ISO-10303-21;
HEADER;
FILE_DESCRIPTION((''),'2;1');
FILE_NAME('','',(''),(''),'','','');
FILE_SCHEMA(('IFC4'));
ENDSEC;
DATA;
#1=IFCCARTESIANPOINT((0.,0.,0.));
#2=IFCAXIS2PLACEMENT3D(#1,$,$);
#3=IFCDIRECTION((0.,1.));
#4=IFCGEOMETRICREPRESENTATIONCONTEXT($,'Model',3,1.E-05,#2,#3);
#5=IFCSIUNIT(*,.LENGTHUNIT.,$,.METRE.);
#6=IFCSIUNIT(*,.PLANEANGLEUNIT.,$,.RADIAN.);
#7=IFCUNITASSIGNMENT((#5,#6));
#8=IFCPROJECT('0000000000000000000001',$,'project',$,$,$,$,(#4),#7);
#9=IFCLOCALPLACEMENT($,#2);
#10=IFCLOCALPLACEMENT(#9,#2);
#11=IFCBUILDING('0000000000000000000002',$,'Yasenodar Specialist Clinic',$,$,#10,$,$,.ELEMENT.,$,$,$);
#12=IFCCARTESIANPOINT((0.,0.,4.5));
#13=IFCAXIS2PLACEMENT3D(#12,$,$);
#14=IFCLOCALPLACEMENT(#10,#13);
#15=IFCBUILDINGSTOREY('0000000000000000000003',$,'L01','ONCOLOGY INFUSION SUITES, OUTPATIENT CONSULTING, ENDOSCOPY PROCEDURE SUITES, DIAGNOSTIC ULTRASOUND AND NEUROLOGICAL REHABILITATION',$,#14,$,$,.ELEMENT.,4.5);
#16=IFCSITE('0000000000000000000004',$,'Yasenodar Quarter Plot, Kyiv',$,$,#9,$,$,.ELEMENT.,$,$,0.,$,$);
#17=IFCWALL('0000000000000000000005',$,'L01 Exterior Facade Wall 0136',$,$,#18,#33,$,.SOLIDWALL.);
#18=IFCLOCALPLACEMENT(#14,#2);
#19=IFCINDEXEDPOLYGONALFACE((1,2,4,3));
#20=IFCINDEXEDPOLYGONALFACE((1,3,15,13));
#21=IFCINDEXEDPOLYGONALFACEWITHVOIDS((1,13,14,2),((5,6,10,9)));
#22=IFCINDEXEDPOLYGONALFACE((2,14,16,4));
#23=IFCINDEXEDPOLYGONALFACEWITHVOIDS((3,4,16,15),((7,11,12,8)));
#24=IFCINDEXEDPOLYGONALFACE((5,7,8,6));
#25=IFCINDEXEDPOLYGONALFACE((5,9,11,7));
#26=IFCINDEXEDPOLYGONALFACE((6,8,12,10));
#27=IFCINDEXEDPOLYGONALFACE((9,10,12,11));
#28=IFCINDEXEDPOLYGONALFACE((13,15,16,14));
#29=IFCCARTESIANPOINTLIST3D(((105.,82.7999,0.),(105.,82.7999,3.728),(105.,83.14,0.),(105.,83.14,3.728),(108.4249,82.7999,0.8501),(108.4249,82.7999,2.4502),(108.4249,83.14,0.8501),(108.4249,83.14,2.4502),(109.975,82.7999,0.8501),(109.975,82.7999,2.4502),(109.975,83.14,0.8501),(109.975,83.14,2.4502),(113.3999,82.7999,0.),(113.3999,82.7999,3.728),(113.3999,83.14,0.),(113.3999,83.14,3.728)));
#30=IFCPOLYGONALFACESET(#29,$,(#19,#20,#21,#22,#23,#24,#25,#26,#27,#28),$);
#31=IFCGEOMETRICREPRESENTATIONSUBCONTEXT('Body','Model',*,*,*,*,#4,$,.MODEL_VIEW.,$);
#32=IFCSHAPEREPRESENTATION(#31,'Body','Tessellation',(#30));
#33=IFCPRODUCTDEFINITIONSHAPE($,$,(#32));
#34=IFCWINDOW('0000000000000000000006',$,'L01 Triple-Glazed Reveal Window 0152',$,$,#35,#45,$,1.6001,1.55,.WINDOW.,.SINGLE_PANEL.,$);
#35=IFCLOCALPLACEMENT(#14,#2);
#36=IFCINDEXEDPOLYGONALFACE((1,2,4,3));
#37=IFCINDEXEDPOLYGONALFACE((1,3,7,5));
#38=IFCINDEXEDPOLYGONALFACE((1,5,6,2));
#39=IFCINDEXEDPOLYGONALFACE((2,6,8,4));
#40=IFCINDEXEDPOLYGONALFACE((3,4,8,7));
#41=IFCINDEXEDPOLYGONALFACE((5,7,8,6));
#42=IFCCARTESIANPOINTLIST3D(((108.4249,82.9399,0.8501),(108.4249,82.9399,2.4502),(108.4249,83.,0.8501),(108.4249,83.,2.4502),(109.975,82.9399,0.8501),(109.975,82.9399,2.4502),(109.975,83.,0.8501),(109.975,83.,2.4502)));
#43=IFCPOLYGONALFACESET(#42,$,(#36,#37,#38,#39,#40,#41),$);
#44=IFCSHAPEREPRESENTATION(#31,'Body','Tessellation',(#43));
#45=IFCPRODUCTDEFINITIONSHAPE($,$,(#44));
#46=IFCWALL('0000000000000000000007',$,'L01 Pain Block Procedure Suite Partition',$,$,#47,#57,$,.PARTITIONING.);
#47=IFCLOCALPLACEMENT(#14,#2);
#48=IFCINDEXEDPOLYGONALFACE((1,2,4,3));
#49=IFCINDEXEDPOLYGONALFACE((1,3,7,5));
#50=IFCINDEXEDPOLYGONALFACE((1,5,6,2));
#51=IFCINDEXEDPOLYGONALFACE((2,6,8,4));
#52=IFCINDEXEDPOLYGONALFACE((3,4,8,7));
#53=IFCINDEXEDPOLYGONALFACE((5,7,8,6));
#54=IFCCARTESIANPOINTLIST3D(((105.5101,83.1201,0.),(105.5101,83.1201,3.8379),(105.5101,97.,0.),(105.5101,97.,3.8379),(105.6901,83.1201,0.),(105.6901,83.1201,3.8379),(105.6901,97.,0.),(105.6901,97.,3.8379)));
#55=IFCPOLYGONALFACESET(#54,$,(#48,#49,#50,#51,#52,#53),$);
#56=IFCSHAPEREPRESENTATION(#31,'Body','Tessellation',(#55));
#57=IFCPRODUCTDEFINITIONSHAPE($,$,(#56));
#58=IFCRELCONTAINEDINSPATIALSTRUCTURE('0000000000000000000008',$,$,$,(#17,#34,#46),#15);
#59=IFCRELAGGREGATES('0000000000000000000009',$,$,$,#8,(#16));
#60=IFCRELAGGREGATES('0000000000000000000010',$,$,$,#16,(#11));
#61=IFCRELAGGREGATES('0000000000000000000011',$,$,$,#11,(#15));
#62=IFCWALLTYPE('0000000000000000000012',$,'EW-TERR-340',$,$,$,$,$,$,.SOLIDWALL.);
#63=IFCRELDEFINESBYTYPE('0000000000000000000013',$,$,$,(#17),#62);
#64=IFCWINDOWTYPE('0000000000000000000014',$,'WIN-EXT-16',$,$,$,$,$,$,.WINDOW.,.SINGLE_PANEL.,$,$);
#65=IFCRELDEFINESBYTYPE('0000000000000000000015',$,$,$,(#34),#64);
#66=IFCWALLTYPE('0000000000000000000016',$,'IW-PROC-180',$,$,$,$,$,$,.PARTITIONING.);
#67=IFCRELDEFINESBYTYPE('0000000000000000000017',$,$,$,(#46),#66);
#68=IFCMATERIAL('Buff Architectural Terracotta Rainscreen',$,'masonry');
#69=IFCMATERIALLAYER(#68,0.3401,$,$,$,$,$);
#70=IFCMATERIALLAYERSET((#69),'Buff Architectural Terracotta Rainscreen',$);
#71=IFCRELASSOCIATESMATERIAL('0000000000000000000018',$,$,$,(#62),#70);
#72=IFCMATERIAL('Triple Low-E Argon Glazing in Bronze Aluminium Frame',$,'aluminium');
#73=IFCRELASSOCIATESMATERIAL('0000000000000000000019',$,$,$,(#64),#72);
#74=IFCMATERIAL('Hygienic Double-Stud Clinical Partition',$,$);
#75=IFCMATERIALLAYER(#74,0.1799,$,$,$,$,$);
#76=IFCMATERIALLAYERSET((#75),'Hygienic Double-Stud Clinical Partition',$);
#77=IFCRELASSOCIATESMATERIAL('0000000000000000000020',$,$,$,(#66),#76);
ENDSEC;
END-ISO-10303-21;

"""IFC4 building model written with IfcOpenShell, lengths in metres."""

from ifc_helpers import new_model, si_unit, direction, frame, frame_2d, origin, place, context, subcontext, project, spatial, rectangle, extrude, material, layer, layer_set, type_object, element, fill, save


model = new_model("IFC4")

# Units and contexts
model_context = context("Model", 3, precision=1e-05, world=origin(), true_north=direction((0.0, 1.0)))
body_context = subcontext(model_context, "Body", "Model", "MODEL_VIEW")
ifc_project = project(units=[si_unit("LENGTHUNIT", "METRE"), si_unit("PLANEANGLEUNIT", "RADIAN")], contexts=[model_context])

# Site, building, storey
site_placement = place(None, origin())
site = spatial("IfcSite", under=ifc_project, at=site_placement, Name="Yasenodar Quarter Plot, Kyiv", CompositionType="ELEMENT", RefElevation=0.0)
building_placement = place(site_placement, origin())
building = spatial("IfcBuilding", under=site, at=building_placement, Name="Yasenodar Specialist Clinic", CompositionType="ELEMENT")
storey_placement = place(building_placement, frame((0.0, 0.0, 4.5)))
storey = spatial("IfcBuildingStorey", under=building, at=storey_placement, Name="L01", Description="ONCOLOGY INFUSION SUITES, OUTPATIENT CONSULTING, ENDOSCOPY PROCEDURE SUITES, DIAGNOSTIC ULTRASOUND AND NEUROLOGICAL REHABILITATION", CompositionType="ELEMENT", Elevation=4.5)

# Wall, opening, window
ifc_material_1 = material(Name="Buff Architectural Terracotta Rainscreen", Category="masonry")
ifc_layer_1 = layer(ifc_material_1, 0.3401)
ifc_layer_set_1 = layer_set([ifc_layer_1], Name="Buff Architectural Terracotta Rainscreen")
wall_type_1 = type_object("IfcWallType", Name="EW-TERR-340", PredefinedType="SOLIDWALL", material=ifc_layer_set_1)
wall_1_placement = place(storey_placement, frame((113.3999, 82.97, 0.0), z_axis=(0.0, 0.0, 1.0), x_axis=(-1.0, 0.0, 0.0)))
wall_1 = element("IfcWall", 1, at=wall_1_placement, inside=storey, type_object=wall_type_1, Name="L01 Exterior Facade Wall 0136", PredefinedType="SOLIDWALL", context=body_context, shape_type="SweptSolid", body=[
    extrude(rectangle(XDim=8.3999, YDim=0.3401, at=frame_2d((4.2, 0.0))), origin(), (0.0, 0.0, 1.0), 3.728),
])
opening_placement = place(wall_1_placement, frame((3.425, 0.0, 0.8501)))
opening = element("IfcOpeningElement", 2, at=opening_placement, cuts=wall_1, PredefinedType="OPENING", context=body_context, shape_type="SweptSolid", body=[
    extrude(rectangle(XDim=1.55, YDim=1.6001, at=frame_2d((0.7749, 0.8))), frame((0.0, 0.1802, 0.0), z_axis=(0.0, -1.0, 0.0), x_axis=(1.0, 0.0, 0.0)), (0.0, 0.0, 1.0), 0.3601),
])
ifc_material_2 = material(Name="Triple Low-E Argon Glazing in Bronze Aluminium Frame", Category="aluminium")
window_type = type_object("IfcWindowType", Name="WIN-EXT-16", PartitioningType="SINGLE_PANEL", PredefinedType="WINDOW", material=ifc_material_2)
window_placement = place(opening_placement, origin())
window = element("IfcWindow", 3, at=window_placement, inside=storey, type_object=window_type, Name="L01 Triple-Glazed Reveal Window 0152", OverallHeight=1.6001, OverallWidth=1.55, PartitioningType="SINGLE_PANEL", PredefinedType="WINDOW", context=body_context, shape_type="SweptSolid", body=[
    extrude(rectangle(XDim=1.55, YDim=1.6001, at=frame_2d((0.7749, 0.8))), frame((0.0, 0.03, 0.0), z_axis=(0.0, -1.0, 0.0), x_axis=(1.0, 0.0, 0.0)), (0.0, 0.0, 1.0), 0.0601),
])
fill(opening, window)

# Wall
ifc_material_3 = material(Name="Hygienic Double-Stud Clinical Partition")
ifc_layer_2 = layer(ifc_material_3, 0.1799)
ifc_layer_set_2 = layer_set([ifc_layer_2], Name="Hygienic Double-Stud Clinical Partition")
wall_type_2 = type_object("IfcWallType", Name="IW-PROC-180", PredefinedType="PARTITIONING", material=ifc_layer_set_2)
wall_2_placement = place(storey_placement, frame((105.6001, 83.1201, 0.0), z_axis=(0.0, 0.0, 1.0), x_axis=(0.0, 1.0, 0.0)))
element("IfcWall", 4, at=wall_2_placement, inside=storey, type_object=wall_type_2, Name="L01 Pain Block Procedure Suite Partition", PredefinedType="PARTITIONING", context=body_context, shape_type="SweptSolid", body=[
    extrude(rectangle(XDim=13.8799, YDim=0.1799, at=frame_2d((6.9399, 0.0))), origin(), (0.0, 0.0, 1.0), 3.8379),
])

save(model, "model.ifc")
